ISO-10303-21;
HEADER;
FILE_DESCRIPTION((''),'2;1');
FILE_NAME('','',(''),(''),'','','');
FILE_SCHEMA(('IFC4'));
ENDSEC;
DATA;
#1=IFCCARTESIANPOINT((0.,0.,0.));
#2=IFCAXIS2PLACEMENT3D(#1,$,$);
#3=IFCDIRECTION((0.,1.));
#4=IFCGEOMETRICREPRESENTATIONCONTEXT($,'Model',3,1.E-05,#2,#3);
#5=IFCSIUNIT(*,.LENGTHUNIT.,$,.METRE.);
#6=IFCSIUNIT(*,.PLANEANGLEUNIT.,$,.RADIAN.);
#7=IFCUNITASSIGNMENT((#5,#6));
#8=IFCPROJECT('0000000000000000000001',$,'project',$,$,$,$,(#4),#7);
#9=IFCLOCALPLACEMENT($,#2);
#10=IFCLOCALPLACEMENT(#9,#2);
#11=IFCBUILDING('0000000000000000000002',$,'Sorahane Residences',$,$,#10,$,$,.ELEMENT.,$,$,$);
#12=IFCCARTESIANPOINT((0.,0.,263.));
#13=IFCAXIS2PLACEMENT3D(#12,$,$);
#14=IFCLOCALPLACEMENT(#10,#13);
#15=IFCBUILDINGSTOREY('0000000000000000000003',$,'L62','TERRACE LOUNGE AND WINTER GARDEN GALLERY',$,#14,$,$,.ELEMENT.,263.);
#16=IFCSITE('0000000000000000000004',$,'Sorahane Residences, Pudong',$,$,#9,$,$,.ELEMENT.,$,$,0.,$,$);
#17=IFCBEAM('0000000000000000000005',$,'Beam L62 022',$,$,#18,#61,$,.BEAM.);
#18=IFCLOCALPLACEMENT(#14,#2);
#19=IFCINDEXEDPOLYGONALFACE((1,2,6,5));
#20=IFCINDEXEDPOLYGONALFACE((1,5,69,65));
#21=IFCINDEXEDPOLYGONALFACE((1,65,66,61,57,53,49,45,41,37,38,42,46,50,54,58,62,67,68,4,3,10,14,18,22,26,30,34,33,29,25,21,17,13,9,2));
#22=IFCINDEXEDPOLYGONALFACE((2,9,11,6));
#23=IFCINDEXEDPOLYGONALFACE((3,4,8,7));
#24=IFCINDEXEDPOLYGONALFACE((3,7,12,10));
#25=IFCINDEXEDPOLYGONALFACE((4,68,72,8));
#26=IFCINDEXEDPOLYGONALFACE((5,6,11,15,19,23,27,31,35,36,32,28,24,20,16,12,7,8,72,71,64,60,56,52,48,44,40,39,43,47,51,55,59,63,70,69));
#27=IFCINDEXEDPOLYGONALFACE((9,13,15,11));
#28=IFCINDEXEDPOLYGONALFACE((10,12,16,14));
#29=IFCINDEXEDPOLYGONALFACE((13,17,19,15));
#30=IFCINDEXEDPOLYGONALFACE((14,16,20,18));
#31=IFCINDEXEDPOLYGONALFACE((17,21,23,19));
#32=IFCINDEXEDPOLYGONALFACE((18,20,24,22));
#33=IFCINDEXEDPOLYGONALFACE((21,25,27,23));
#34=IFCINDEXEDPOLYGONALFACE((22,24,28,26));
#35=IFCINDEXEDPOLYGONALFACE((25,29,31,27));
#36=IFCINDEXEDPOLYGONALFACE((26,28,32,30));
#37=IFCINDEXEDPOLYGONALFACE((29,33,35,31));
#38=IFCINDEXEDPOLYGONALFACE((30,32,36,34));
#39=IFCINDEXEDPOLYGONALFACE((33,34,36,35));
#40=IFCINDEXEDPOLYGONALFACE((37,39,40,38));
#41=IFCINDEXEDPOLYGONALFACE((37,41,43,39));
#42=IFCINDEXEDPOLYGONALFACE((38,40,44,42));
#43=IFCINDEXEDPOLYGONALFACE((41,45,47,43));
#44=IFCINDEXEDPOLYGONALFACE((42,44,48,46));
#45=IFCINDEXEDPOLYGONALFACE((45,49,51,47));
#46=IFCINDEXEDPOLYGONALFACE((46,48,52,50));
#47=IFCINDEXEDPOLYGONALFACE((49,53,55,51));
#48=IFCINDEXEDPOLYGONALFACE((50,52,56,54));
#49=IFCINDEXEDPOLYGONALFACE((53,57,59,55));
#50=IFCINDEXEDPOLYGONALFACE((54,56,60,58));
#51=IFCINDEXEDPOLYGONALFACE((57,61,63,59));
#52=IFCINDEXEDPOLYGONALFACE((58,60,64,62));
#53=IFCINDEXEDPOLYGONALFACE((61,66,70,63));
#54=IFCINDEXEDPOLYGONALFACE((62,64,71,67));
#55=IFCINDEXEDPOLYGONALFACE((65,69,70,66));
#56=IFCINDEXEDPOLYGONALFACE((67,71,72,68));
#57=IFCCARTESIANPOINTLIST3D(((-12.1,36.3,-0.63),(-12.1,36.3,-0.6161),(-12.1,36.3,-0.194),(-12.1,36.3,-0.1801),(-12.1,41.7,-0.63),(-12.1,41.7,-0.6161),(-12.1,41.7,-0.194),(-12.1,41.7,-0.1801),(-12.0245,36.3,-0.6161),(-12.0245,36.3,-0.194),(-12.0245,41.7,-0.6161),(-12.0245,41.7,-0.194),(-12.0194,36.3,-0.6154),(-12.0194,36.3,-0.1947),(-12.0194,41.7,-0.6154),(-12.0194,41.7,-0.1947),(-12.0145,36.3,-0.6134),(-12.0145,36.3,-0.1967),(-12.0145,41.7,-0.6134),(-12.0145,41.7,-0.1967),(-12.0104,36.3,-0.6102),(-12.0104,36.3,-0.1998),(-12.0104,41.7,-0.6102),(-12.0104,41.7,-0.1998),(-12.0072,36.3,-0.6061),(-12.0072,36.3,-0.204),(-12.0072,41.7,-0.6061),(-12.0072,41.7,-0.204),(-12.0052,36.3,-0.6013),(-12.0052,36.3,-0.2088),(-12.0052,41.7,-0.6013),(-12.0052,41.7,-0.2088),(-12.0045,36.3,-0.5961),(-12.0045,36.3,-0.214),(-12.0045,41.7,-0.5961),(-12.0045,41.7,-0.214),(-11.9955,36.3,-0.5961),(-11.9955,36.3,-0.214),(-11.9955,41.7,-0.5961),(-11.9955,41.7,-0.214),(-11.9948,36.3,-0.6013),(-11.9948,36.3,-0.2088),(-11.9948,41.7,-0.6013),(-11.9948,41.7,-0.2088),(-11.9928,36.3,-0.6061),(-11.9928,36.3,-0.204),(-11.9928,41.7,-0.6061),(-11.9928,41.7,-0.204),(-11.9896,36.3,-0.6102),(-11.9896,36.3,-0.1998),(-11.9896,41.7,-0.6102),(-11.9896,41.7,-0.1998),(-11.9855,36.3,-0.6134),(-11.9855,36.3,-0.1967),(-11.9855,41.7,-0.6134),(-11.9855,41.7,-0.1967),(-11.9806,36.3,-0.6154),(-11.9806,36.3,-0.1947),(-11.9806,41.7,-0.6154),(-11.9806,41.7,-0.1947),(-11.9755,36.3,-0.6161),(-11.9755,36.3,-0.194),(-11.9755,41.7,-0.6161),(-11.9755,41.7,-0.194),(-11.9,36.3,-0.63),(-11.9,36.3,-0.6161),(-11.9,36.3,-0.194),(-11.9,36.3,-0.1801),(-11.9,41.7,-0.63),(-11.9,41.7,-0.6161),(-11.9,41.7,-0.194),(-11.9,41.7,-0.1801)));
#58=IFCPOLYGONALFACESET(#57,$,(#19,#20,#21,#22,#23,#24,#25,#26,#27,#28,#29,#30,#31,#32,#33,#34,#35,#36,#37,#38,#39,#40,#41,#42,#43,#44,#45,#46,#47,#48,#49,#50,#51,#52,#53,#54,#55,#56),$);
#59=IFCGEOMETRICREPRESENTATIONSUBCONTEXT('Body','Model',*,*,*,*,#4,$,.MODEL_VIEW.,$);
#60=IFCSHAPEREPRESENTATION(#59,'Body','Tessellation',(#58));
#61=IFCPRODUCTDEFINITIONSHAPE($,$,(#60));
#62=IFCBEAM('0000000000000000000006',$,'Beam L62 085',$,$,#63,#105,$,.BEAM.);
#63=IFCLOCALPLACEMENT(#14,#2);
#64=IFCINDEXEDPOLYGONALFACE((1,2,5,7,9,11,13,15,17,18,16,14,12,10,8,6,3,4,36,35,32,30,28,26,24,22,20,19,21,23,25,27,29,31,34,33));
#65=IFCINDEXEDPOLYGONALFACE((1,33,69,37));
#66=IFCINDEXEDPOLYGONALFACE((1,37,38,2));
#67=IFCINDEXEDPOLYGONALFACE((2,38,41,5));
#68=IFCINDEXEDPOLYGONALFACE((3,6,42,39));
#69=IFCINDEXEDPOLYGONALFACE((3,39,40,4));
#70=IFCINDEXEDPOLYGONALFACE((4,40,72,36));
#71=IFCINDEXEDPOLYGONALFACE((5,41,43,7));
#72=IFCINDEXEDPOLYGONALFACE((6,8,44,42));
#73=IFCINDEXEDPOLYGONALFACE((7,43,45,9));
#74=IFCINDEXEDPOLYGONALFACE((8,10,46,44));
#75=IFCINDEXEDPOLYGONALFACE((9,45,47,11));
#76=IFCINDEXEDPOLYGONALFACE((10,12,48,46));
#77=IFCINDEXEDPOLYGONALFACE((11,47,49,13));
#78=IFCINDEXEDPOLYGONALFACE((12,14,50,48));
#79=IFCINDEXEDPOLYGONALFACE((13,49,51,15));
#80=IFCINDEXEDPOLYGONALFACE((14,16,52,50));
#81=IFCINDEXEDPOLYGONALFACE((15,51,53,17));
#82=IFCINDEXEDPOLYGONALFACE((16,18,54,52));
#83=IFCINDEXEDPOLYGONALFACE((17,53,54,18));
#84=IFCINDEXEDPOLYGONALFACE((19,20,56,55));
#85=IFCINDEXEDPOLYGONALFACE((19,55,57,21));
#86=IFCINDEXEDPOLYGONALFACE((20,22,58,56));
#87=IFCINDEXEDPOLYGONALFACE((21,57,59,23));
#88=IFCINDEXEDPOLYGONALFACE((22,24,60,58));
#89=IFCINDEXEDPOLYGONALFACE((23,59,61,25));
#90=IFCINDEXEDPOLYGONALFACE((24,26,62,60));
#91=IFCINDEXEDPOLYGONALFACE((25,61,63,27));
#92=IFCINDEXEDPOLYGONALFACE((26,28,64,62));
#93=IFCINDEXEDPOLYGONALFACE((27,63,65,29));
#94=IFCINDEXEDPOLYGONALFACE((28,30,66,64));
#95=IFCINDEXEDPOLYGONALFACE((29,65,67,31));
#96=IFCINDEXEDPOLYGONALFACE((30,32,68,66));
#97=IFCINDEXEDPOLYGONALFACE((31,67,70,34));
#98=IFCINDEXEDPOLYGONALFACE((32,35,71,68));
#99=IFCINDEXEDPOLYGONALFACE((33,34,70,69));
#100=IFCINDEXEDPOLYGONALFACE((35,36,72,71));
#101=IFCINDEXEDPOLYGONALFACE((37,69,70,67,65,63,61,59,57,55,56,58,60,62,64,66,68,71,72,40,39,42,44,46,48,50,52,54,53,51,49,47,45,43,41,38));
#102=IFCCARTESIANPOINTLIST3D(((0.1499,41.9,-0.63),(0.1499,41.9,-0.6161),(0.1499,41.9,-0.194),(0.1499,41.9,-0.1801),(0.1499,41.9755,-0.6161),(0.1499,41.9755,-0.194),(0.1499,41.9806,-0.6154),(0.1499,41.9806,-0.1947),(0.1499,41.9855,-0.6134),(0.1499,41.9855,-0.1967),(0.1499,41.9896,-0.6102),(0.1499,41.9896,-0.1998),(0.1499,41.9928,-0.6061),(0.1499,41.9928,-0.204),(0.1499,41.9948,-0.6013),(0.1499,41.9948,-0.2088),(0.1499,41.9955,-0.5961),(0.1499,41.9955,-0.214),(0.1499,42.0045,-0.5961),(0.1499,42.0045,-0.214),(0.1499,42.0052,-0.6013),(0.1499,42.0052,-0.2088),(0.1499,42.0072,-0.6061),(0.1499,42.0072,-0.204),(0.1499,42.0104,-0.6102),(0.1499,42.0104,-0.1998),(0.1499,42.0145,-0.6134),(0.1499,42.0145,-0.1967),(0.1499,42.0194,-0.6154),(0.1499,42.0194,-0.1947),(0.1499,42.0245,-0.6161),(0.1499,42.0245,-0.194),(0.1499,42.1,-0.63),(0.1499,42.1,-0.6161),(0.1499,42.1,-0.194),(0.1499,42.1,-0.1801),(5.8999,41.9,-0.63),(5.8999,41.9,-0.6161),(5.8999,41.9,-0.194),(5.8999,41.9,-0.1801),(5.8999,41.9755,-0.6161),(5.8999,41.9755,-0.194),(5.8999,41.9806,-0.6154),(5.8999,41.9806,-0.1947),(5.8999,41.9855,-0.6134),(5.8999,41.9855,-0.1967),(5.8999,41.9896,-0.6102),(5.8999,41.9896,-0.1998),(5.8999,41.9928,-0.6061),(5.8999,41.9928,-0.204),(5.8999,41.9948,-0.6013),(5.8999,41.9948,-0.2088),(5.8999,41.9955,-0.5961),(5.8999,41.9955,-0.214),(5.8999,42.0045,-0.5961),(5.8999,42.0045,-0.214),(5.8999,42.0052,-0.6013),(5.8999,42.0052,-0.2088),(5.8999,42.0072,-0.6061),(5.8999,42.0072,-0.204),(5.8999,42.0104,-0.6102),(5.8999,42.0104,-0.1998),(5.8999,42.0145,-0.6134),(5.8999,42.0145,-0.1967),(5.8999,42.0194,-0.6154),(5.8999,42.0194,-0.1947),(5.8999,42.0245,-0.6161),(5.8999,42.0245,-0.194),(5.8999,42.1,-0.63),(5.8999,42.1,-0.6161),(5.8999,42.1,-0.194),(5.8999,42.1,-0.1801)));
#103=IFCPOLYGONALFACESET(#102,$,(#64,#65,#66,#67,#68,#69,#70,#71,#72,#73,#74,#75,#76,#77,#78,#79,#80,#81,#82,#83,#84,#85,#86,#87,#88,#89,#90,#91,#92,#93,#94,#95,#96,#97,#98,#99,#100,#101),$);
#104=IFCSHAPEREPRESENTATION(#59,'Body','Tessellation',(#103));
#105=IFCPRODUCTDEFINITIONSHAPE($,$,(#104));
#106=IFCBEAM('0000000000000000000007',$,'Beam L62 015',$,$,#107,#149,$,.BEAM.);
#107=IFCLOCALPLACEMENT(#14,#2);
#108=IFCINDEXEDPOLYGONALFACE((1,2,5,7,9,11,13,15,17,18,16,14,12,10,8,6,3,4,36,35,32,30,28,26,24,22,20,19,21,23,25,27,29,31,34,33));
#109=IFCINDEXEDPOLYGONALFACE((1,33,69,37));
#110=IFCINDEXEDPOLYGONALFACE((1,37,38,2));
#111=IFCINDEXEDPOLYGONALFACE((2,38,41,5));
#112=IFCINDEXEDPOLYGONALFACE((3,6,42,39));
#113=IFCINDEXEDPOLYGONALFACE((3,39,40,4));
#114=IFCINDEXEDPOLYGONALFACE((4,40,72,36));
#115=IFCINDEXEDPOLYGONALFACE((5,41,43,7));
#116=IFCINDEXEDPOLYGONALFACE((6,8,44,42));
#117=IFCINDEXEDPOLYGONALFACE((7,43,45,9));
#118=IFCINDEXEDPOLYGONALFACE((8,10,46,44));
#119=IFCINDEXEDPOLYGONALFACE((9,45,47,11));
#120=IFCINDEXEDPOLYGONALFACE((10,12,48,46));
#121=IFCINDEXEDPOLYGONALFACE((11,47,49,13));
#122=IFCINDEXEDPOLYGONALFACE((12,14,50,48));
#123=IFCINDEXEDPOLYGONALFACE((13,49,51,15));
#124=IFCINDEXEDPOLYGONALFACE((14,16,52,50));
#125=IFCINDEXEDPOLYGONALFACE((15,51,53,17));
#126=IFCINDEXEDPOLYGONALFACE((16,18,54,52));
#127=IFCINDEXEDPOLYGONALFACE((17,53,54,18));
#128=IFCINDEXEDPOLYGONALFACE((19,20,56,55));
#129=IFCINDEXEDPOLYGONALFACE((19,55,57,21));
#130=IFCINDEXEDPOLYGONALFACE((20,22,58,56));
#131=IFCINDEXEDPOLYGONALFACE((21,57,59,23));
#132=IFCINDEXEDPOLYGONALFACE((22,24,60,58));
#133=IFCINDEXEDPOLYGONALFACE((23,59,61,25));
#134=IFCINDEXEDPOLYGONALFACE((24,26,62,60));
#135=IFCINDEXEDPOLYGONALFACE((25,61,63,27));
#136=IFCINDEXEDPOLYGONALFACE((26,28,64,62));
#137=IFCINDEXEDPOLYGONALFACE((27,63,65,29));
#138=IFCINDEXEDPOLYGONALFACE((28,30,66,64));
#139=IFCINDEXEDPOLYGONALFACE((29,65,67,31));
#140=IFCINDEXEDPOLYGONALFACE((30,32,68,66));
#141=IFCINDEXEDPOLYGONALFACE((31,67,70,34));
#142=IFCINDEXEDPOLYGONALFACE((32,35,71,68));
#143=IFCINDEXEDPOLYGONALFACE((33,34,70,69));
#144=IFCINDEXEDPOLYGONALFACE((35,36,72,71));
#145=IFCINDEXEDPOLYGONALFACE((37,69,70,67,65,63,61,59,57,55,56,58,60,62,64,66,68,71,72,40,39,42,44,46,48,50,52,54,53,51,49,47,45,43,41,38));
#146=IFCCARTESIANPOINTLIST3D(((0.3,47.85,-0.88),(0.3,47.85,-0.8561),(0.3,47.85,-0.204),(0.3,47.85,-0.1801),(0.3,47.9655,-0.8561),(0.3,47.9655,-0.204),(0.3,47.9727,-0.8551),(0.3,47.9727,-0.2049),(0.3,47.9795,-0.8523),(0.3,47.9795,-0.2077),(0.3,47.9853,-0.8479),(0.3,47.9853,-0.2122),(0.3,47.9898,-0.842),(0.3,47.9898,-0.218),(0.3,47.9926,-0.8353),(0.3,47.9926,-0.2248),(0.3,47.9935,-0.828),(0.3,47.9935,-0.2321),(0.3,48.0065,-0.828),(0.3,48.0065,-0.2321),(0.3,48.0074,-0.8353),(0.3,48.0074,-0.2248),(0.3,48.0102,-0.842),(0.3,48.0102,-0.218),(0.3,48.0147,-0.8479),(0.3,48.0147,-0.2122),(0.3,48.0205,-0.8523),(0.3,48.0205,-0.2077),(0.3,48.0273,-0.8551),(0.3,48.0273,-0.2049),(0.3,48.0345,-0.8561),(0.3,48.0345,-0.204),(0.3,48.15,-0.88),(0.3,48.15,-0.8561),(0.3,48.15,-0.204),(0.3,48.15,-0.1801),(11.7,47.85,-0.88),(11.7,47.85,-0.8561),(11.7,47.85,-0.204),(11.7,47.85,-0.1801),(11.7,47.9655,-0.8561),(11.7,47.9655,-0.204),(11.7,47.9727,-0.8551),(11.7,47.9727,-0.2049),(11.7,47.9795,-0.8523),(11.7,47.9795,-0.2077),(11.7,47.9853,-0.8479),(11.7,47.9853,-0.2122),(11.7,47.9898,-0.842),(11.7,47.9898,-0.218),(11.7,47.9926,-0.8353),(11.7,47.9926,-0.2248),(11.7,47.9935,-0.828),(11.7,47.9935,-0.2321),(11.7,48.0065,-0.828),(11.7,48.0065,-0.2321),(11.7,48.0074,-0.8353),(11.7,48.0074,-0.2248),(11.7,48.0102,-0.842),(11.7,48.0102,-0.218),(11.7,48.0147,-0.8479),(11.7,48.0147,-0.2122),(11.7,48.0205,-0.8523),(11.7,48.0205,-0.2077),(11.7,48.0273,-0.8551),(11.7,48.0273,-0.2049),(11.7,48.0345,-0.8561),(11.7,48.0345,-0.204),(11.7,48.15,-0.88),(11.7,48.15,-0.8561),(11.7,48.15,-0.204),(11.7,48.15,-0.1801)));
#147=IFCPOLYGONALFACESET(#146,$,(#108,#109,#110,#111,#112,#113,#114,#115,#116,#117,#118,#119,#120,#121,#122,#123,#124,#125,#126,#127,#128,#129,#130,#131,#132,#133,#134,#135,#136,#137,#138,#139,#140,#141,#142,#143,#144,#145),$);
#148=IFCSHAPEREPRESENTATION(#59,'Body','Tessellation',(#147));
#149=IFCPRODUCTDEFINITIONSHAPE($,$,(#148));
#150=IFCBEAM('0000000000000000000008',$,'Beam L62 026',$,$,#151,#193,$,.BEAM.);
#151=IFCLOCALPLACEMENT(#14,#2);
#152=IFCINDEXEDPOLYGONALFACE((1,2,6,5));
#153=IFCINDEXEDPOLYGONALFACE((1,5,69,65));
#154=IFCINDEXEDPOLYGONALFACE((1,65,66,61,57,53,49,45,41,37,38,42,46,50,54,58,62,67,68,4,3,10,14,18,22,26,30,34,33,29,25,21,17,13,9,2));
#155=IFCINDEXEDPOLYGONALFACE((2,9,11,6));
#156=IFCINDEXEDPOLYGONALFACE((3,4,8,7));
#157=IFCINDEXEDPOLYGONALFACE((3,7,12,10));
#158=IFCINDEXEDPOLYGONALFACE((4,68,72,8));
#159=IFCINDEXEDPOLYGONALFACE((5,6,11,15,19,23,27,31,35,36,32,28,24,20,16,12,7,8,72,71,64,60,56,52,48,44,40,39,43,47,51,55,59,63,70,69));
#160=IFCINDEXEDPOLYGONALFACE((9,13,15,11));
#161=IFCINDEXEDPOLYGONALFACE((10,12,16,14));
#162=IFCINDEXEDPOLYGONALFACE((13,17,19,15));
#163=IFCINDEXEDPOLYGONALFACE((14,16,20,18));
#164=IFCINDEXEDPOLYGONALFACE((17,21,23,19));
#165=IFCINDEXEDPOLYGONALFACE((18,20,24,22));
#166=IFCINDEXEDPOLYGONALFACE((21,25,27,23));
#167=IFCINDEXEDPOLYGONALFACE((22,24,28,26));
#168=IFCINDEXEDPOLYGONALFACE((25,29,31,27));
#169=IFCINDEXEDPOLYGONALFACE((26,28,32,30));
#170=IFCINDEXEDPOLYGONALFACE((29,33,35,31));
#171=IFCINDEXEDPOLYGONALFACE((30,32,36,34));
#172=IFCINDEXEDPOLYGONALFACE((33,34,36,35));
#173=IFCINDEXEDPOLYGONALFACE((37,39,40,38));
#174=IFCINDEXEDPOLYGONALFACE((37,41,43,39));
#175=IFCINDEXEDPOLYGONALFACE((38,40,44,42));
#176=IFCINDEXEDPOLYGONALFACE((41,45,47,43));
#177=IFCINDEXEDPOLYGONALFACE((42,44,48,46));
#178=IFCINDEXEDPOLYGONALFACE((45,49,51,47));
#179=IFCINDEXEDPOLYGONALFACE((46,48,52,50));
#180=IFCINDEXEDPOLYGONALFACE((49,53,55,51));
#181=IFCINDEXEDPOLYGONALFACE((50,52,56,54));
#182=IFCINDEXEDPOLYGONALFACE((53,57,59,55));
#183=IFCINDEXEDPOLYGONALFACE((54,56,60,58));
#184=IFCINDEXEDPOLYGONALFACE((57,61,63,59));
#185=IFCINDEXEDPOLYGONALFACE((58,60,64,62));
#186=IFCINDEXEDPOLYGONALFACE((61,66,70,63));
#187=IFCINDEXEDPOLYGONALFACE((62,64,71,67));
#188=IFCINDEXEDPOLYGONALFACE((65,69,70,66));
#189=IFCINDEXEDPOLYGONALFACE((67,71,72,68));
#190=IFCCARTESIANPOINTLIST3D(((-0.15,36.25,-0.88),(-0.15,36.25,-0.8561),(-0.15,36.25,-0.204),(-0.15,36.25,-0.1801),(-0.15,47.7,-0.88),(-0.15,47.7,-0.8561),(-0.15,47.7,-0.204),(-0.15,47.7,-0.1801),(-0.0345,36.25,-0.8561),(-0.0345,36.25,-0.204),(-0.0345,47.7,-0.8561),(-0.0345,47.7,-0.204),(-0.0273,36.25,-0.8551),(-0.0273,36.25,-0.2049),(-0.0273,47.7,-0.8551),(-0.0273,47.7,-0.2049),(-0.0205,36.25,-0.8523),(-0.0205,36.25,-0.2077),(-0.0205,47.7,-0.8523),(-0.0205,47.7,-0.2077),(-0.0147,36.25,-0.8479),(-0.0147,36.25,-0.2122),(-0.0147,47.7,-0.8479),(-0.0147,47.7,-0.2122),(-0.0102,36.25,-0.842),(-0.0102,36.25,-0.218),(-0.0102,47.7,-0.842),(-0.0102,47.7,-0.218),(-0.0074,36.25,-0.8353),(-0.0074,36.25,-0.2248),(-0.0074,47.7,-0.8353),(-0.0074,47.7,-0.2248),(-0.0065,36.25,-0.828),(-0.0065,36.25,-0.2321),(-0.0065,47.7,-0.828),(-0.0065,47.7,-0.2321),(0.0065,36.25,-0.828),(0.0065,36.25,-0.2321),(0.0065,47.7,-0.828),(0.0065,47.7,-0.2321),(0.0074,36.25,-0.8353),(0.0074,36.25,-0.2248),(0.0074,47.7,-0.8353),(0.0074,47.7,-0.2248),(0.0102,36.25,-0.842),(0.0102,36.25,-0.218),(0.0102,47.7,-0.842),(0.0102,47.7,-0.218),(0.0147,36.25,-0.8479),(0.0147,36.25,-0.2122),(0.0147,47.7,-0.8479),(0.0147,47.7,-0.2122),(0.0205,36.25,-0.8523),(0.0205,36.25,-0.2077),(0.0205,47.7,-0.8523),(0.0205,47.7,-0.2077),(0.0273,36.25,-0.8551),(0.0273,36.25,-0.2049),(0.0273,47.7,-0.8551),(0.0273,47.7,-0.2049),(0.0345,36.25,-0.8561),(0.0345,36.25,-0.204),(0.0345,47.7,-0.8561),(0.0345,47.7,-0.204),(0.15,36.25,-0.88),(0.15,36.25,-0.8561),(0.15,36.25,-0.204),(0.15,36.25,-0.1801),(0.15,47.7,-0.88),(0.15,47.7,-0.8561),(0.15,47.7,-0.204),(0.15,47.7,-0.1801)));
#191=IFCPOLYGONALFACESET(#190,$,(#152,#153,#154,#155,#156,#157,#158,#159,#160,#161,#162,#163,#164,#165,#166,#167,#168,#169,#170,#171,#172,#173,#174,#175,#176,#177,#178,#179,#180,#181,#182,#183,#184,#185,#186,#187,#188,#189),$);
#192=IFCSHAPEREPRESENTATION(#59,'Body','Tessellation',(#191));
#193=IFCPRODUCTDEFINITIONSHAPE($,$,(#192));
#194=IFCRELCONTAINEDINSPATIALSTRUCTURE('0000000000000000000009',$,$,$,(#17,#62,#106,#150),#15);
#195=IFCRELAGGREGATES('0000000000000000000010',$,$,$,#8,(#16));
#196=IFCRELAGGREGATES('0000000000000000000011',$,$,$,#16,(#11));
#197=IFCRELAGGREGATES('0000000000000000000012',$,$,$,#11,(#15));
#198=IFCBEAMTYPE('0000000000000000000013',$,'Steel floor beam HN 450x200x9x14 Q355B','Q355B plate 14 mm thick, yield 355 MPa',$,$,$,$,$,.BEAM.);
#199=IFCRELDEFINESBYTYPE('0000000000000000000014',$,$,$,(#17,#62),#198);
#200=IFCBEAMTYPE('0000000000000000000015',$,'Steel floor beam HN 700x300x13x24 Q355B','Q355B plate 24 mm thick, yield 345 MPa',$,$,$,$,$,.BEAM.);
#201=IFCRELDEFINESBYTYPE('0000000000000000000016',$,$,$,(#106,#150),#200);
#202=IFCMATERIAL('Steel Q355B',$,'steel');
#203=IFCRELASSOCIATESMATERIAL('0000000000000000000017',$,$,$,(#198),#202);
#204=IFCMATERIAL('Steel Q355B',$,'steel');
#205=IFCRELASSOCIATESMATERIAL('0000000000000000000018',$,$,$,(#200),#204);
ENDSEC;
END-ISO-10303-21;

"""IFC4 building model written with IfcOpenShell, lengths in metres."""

from ifc_helpers import new_model, si_unit, direction, frame, origin, origin_2d, place, context, subcontext, project, spatial, i_section, extrude, material, material_profile, profile_set, type_object, element, save


model = new_model("IFC4")

# Units and contexts
model_context = context("Model", 3, precision=1e-05, world=origin(), true_north=direction((0.0, 1.0)))
body_context = subcontext(model_context, "Body", "Model", "MODEL_VIEW")
ifc_project = project(units=[si_unit("LENGTHUNIT", "METRE"), si_unit("PLANEANGLEUNIT", "RADIAN")], contexts=[model_context])

# Site, building, storey
site_placement = place(None, origin())
site = spatial("IfcSite", under=ifc_project, at=site_placement, Name="Sorahane Residences, Pudong", CompositionType="ELEMENT", RefElevation=0.0)
building_placement = place(site_placement, origin())
building = spatial("IfcBuilding", under=site, at=building_placement, Name="Sorahane Residences", CompositionType="ELEMENT")
storey_placement = place(building_placement, frame((0.0, 0.0, 263.0)))
storey = spatial("IfcBuildingStorey", under=building, at=storey_placement, Name="L62", Description="TERRACE LOUNGE AND WINTER GARDEN GALLERY", CompositionType="ELEMENT", Elevation=263.0)

# Beams
ifc_material_1 = material(Name="Steel Q355B", Category="steel")
ifc_material_profile_1 = material_profile(ifc_material_1, i_section(OverallWidth=0.2, OverallDepth=0.45, WebThickness=0.009, FlangeThickness=0.0139, FilletRadius=0.02, at=origin_2d()), Name="HN 450x200x9x14")
ifc_profile_set_1 = profile_set([ifc_material_profile_1], Name="Steel Q355B")
beam_type_1 = type_object("IfcBeamType", Name="Steel floor beam HN 450x200x9x14 Q355B", Description="Q355B plate 14 mm thick, yield 355 MPa", PredefinedType="BEAM", material=ifc_profile_set_1)
for number, where, z_axis, x_axis, name in (
    (1, (-12.0, 36.3, -0.405), (0.0, 1.0, 0.0), (-1.0, 0.0, 0.0), "Beam L62 022"),
):
    element("IfcBeam", number, at=place(storey_placement, frame(where, z_axis=z_axis, x_axis=x_axis)), inside=storey, type_object=beam_type_1, Name=name, PredefinedType="BEAM", context=body_context, shape_type="SweptSolid", body=[
        extrude(i_section(OverallWidth=0.2, OverallDepth=0.45, WebThickness=0.009, FlangeThickness=0.0139, FilletRadius=0.02, at=origin_2d()), origin(), (0.0, 0.0, 1.0), 5.3999),
    ])
beam_1_placement = place(storey_placement, frame((0.1499, 42.0, -0.405), z_axis=(1.0, 0.0, 0.0), x_axis=(0.0, 1.0, 0.0)))
element("IfcBeam", 2, at=beam_1_placement, inside=storey, type_object=beam_type_1, Name="Beam L62 085", PredefinedType="BEAM", context=body_context, shape_type="SweptSolid", body=[
    extrude(i_section(OverallWidth=0.2, OverallDepth=0.45, WebThickness=0.009, FlangeThickness=0.0139, FilletRadius=0.02, at=origin_2d()), origin(), (0.0, 0.0, 1.0), 5.75),
])
ifc_material_2 = material(Name="Steel Q355B", Category="steel")
ifc_material_profile_2 = material_profile(ifc_material_2, i_section(OverallWidth=0.3, OverallDepth=0.7, WebThickness=0.0129, FlangeThickness=0.0239, FilletRadius=0.0281, at=origin_2d()), Name="HN 700x300x13x24")
ifc_profile_set_2 = profile_set([ifc_material_profile_2], Name="Steel Q355B")
beam_type_2 = type_object("IfcBeamType", Name="Steel floor beam HN 700x300x13x24 Q355B", Description="Q355B plate 24 mm thick, yield 345 MPa", PredefinedType="BEAM", material=ifc_profile_set_2)
beam_2_placement = place(storey_placement, frame((0.3, 48.0, -0.53), z_axis=(1.0, 0.0, 0.0), x_axis=(0.0, 1.0, 0.0)))
element("IfcBeam", 3, at=beam_2_placement, inside=storey, type_object=beam_type_2, Name="Beam L62 015", PredefinedType="BEAM", context=body_context, shape_type="SweptSolid", body=[
    extrude(i_section(OverallWidth=0.3, OverallDepth=0.7, WebThickness=0.0129, FlangeThickness=0.0239, FilletRadius=0.0281, at=origin_2d()), origin(), (0.0, 0.0, 1.0), 11.3999),
])
beam_3_placement = place(storey_placement, frame((0.0, 36.25, -0.53), z_axis=(0.0, 1.0, 0.0), x_axis=(-1.0, 0.0, 0.0)))
element("IfcBeam", 4, at=beam_3_placement, inside=storey, type_object=beam_type_2, Name="Beam L62 026", PredefinedType="BEAM", context=body_context, shape_type="SweptSolid", body=[
    extrude(i_section(OverallWidth=0.3, OverallDepth=0.7, WebThickness=0.0129, FlangeThickness=0.0239, FilletRadius=0.0281, at=origin_2d()), origin(), (0.0, 0.0, 1.0), 11.45),
])

save(model, "model.ifc")
